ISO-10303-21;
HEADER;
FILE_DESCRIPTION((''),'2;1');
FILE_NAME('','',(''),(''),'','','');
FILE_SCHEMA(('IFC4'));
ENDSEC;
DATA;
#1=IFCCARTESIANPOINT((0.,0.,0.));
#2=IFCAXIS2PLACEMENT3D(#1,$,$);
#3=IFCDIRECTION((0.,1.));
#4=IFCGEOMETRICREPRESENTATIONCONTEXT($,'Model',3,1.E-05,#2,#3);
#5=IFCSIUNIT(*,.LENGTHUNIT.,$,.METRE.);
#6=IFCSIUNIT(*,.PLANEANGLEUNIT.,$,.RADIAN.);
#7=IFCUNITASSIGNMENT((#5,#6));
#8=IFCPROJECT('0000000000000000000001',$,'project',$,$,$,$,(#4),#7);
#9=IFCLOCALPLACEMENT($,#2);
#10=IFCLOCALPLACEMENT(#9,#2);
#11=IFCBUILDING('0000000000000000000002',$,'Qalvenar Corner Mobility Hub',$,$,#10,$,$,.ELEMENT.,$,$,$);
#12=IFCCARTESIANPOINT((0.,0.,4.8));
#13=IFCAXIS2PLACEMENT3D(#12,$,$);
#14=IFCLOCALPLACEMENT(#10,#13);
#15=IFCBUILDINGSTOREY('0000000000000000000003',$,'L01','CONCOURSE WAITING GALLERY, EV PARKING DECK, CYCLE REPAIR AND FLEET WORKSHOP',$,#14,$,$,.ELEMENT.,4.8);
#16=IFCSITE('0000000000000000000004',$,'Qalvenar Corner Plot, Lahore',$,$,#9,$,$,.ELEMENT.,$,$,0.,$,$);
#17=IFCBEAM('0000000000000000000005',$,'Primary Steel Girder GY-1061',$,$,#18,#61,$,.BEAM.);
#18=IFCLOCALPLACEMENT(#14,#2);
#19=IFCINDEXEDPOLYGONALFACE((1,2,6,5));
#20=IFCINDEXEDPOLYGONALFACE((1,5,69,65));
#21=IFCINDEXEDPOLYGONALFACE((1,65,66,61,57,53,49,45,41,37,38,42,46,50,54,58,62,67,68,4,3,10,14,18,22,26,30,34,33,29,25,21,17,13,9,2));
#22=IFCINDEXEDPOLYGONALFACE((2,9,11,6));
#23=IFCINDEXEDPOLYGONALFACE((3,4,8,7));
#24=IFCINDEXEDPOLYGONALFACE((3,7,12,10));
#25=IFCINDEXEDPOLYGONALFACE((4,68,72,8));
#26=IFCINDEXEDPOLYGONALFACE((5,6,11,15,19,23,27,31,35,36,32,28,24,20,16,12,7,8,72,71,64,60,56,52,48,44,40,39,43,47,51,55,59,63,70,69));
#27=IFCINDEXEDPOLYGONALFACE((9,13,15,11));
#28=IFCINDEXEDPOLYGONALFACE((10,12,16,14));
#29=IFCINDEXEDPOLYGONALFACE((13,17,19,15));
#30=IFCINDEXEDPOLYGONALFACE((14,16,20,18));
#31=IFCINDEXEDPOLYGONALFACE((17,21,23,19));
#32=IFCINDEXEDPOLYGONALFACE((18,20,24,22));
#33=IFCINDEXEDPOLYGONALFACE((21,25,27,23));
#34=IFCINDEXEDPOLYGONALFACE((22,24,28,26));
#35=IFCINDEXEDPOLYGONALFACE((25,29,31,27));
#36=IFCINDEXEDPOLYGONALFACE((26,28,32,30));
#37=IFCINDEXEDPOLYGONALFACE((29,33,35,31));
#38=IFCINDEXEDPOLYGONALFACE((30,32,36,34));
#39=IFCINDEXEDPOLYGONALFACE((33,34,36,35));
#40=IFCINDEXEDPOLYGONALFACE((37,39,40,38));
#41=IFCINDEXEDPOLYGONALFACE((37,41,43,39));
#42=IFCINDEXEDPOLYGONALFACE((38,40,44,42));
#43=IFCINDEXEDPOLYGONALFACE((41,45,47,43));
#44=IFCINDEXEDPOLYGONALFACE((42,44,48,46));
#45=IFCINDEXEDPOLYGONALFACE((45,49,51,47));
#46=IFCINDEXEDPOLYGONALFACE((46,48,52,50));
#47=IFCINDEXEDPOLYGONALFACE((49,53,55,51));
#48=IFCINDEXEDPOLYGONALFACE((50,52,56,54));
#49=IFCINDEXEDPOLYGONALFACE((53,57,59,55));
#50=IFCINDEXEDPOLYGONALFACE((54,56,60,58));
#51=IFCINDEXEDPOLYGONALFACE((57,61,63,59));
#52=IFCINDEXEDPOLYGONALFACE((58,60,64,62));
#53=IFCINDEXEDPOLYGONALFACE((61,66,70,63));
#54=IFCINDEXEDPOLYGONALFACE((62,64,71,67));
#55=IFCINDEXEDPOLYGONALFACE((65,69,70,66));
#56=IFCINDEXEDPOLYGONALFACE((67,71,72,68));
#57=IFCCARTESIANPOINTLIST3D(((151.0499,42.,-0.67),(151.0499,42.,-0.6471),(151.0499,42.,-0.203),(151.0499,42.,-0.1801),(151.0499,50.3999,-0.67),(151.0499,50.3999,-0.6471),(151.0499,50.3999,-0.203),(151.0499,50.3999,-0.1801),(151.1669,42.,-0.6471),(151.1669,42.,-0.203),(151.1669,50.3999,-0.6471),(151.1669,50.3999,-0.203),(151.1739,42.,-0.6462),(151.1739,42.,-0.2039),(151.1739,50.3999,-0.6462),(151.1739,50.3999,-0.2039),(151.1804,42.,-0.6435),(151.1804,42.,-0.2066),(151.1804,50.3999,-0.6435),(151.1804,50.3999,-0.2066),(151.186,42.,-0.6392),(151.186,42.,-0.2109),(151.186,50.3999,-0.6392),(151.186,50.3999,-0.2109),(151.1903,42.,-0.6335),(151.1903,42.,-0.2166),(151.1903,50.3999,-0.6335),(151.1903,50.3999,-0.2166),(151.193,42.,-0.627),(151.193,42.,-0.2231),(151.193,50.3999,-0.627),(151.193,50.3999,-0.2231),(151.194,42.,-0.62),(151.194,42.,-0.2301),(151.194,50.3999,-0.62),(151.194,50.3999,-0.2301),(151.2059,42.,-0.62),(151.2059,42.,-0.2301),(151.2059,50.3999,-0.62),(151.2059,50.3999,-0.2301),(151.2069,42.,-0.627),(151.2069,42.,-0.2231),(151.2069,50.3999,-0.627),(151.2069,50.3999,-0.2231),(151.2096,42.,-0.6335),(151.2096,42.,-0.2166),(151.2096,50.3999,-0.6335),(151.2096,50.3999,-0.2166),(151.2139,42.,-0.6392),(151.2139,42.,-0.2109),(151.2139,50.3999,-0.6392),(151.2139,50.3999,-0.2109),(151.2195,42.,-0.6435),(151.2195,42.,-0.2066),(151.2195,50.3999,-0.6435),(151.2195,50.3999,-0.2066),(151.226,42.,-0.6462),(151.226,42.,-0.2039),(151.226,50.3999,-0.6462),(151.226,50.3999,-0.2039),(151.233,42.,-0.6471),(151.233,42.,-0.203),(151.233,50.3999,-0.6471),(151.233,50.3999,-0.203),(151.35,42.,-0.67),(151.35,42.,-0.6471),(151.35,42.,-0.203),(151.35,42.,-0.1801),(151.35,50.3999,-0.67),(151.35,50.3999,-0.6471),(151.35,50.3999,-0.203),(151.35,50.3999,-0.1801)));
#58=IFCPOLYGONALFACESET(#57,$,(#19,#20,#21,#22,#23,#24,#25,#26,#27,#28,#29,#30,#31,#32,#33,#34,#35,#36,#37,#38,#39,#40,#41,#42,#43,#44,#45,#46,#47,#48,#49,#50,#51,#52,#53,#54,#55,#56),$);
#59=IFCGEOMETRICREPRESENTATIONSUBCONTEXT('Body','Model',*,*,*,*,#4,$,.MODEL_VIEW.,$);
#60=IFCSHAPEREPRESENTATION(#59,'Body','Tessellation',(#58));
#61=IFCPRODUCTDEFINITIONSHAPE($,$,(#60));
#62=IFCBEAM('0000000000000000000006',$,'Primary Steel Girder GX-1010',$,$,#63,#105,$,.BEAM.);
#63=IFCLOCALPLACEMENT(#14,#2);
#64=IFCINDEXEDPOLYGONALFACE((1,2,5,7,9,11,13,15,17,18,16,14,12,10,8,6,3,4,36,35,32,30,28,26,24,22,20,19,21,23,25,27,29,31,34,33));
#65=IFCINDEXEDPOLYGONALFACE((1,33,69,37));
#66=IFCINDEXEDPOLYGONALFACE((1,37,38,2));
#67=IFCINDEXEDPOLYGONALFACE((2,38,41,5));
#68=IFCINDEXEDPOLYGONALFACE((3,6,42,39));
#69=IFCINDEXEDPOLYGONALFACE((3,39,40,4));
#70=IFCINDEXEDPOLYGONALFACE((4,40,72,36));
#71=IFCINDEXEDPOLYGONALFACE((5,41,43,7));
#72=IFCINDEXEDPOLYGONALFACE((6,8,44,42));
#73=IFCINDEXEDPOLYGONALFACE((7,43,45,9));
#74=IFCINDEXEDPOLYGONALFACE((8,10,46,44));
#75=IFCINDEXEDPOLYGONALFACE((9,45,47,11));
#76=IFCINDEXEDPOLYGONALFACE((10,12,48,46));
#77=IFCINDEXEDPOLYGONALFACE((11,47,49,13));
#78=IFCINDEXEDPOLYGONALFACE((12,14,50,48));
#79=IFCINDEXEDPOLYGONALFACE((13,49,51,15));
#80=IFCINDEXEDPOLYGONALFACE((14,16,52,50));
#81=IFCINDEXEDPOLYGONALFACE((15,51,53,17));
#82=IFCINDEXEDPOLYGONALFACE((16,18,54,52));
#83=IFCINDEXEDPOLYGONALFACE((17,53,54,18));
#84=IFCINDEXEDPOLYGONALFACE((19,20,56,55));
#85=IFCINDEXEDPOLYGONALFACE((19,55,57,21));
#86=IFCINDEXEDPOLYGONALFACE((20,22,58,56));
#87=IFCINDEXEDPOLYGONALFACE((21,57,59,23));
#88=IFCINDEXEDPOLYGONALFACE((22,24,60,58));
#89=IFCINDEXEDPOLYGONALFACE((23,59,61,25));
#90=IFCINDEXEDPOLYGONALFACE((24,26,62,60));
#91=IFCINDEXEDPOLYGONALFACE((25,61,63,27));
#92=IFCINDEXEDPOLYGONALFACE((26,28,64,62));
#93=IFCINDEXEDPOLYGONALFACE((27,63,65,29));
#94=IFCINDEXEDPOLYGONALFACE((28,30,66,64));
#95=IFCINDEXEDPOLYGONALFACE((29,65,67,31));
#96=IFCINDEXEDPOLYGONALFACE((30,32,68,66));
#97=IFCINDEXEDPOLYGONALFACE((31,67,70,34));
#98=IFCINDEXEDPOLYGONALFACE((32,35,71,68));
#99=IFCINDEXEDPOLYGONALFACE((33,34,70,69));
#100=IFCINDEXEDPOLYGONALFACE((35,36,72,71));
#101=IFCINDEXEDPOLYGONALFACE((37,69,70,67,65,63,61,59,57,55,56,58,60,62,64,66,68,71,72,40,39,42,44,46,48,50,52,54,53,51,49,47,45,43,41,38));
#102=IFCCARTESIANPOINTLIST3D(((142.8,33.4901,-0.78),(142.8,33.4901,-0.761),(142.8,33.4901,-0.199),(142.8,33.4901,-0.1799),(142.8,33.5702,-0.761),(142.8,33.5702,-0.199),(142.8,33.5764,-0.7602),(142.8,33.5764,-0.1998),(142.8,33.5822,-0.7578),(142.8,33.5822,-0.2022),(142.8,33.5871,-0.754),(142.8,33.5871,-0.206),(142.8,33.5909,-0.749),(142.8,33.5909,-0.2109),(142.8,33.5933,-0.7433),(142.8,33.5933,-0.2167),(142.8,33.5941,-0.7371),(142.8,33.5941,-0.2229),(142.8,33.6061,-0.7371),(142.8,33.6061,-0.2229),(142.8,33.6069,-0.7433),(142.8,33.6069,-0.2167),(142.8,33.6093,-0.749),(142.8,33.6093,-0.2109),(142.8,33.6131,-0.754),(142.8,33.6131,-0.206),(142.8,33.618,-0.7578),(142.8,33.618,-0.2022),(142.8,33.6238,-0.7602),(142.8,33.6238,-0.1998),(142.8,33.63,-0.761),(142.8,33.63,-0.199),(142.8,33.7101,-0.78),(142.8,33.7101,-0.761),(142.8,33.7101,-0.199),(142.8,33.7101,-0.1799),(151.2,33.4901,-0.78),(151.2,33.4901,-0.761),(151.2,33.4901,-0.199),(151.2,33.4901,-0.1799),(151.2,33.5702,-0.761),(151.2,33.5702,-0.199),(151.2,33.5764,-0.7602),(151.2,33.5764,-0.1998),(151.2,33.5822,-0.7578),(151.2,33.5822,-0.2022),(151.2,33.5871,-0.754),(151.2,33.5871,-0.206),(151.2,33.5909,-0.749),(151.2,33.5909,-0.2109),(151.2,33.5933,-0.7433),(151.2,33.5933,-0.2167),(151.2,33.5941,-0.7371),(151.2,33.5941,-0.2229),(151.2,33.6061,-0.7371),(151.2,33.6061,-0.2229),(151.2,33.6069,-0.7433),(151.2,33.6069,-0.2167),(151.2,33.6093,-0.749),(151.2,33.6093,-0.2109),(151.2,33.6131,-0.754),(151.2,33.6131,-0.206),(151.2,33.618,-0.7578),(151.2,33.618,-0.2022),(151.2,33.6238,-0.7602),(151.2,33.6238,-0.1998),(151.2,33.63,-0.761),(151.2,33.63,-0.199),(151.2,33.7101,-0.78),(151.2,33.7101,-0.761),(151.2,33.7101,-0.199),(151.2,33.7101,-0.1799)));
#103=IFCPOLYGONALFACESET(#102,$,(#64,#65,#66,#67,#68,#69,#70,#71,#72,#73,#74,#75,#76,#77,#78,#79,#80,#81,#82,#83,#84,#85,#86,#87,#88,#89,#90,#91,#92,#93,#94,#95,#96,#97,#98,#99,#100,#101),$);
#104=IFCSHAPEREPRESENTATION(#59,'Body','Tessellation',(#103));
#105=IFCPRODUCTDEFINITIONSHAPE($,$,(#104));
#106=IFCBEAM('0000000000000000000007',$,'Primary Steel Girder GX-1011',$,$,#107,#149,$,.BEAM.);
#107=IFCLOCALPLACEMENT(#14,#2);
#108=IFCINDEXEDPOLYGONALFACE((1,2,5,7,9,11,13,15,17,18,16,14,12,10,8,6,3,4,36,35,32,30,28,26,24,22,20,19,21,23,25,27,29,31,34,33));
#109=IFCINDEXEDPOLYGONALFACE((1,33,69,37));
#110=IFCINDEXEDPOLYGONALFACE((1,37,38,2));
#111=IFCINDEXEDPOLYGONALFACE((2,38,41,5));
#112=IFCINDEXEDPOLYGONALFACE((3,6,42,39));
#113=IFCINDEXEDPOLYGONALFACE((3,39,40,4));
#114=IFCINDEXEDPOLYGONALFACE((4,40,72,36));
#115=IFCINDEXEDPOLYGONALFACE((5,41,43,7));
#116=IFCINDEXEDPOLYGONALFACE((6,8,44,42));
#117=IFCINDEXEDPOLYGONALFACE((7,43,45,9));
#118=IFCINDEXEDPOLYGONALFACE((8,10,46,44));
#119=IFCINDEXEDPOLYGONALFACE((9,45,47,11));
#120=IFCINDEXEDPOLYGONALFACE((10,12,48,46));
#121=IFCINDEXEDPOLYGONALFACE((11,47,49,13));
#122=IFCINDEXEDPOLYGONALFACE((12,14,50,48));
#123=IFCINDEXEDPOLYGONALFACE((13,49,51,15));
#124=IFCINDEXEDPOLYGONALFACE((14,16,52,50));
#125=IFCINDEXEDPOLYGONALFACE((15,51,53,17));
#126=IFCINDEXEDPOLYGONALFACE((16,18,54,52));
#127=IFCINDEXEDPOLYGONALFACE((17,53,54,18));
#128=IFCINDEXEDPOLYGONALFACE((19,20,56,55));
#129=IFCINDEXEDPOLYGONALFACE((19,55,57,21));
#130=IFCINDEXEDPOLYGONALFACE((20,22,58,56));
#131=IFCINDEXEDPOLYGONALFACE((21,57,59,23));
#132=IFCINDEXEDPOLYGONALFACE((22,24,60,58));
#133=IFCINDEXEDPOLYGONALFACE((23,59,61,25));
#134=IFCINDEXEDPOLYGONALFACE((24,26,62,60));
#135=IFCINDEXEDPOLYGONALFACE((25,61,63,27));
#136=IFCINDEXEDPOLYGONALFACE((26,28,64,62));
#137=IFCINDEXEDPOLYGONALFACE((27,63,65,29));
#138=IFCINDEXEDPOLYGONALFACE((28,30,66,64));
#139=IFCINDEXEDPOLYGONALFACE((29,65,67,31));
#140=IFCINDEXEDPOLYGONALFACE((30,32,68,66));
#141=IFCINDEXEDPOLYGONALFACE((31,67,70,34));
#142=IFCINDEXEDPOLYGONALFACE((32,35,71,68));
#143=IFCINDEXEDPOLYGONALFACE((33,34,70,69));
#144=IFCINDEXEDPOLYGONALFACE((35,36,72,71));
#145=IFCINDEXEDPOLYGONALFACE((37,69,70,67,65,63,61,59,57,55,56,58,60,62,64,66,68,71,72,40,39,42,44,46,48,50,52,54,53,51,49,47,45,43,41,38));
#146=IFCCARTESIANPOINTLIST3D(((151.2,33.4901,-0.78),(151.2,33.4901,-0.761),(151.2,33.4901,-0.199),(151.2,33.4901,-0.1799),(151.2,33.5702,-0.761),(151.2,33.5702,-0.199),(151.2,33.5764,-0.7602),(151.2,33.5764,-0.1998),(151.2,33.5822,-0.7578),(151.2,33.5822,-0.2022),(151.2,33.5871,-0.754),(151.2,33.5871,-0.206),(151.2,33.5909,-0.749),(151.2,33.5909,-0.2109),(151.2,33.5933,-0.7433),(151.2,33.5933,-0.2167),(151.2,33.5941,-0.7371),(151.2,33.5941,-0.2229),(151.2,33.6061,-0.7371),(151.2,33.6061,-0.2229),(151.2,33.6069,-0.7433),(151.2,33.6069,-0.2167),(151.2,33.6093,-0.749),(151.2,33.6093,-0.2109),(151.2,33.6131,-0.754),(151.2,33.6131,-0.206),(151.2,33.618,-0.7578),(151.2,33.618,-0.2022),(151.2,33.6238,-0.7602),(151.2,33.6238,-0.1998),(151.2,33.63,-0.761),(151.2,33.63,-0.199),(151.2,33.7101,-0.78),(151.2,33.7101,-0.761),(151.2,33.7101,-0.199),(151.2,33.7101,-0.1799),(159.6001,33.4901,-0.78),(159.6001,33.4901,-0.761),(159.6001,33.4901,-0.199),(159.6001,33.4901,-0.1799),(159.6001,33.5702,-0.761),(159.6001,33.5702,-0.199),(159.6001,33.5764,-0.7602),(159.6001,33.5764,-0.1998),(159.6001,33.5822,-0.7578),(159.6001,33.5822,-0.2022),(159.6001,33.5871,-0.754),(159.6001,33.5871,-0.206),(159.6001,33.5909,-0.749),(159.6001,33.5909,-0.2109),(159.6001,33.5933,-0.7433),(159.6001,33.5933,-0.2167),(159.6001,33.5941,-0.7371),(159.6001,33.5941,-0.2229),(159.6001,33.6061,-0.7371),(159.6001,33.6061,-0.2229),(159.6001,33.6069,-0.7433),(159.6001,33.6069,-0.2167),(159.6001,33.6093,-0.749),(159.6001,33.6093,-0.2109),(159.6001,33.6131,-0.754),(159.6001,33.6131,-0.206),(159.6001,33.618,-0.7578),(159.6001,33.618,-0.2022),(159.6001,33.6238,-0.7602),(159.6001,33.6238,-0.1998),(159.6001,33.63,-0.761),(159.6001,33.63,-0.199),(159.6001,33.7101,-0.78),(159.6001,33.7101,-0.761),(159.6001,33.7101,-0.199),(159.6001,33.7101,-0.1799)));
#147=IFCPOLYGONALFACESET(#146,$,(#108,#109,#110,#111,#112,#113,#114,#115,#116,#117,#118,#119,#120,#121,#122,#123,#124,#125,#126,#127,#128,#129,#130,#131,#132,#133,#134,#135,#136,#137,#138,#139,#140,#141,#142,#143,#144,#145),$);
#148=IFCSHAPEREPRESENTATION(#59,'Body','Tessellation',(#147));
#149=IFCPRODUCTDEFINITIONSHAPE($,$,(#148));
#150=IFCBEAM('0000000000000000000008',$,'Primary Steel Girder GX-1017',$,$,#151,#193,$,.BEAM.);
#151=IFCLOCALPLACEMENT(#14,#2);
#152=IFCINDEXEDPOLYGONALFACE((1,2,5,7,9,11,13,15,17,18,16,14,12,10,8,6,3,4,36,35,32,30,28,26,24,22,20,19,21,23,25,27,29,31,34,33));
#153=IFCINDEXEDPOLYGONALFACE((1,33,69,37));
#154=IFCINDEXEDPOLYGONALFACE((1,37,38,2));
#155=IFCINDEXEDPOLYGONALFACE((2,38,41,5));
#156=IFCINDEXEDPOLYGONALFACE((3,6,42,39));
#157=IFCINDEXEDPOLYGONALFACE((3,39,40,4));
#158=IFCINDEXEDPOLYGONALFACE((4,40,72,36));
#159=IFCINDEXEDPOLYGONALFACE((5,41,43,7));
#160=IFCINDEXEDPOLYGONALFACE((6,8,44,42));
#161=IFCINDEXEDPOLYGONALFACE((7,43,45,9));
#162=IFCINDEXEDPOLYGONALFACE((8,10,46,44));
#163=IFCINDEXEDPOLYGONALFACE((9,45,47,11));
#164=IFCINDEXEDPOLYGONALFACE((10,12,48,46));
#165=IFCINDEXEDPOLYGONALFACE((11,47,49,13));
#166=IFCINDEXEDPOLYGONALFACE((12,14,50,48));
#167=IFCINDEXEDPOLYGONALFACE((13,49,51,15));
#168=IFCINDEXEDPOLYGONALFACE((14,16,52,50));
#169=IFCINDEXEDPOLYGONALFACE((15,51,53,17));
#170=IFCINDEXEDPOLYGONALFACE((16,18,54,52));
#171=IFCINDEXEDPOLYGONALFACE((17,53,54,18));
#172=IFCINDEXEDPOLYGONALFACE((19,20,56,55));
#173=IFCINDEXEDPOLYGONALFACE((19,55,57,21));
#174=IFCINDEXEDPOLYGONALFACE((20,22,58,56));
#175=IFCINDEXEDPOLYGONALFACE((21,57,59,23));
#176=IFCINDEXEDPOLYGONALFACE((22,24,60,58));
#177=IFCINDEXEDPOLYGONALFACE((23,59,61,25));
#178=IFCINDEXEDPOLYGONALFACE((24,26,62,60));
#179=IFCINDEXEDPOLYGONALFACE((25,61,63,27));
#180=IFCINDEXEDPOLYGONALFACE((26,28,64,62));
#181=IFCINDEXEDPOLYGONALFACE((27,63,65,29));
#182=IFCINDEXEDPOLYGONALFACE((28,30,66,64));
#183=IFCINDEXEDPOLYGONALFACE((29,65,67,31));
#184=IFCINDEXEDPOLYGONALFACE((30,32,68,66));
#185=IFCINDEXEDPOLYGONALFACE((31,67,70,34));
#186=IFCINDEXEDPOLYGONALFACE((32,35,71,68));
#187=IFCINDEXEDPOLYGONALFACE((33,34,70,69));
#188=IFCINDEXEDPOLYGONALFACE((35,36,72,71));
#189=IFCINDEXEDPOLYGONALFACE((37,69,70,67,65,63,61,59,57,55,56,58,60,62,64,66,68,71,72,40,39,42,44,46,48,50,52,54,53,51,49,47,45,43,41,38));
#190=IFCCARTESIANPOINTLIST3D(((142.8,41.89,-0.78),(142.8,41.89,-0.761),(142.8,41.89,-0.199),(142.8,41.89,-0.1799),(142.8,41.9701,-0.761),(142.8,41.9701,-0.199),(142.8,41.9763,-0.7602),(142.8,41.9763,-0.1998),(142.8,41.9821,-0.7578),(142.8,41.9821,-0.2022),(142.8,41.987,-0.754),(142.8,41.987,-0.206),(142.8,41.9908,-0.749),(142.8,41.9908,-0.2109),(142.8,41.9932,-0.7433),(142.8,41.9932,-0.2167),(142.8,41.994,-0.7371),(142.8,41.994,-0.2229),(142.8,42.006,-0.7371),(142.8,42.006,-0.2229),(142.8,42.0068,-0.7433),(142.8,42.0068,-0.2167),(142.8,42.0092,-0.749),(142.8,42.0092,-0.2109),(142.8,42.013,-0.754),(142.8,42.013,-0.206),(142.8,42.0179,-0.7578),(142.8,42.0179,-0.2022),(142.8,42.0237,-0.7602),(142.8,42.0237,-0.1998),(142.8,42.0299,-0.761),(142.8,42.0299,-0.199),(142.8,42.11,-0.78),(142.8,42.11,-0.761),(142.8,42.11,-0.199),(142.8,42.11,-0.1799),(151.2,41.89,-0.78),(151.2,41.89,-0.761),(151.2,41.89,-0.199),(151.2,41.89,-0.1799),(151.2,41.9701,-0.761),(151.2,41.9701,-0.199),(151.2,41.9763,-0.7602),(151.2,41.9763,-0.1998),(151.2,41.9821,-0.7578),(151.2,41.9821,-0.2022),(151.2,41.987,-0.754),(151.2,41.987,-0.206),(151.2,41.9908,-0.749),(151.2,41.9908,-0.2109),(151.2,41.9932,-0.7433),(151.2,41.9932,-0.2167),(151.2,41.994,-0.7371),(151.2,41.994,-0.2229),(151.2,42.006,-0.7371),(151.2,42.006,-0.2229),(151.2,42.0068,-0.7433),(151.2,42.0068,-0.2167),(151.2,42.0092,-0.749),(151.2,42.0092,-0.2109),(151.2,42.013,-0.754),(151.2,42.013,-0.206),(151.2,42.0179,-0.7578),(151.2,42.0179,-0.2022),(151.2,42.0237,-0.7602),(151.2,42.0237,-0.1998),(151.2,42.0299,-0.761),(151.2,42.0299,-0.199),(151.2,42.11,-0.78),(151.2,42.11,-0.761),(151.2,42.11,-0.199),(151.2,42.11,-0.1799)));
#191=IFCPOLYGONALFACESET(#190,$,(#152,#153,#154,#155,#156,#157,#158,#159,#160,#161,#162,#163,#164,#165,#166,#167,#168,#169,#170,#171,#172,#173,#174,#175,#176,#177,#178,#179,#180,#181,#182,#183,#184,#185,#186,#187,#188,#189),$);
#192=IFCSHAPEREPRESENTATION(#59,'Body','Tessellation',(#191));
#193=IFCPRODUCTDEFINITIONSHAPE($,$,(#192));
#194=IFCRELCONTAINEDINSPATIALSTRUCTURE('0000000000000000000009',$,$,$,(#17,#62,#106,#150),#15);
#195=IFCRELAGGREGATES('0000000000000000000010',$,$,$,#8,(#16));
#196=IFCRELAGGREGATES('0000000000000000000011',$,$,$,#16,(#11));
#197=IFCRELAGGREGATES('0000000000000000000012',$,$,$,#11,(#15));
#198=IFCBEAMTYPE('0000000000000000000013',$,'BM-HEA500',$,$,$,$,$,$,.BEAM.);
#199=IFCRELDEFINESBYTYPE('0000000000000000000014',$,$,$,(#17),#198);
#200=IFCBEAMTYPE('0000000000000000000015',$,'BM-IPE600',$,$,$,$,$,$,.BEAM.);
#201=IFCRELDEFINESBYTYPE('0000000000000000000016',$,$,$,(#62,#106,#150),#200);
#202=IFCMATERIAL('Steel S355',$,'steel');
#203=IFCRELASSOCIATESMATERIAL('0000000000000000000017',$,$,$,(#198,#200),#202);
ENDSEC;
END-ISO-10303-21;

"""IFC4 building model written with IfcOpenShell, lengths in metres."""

from ifc_helpers import new_model, si_unit, direction, frame, origin, origin_2d, place, context, subcontext, project, spatial, i_section, extrude, material, material_profile, profile_set, type_object, element, save


model = new_model("IFC4")

# Units and contexts
model_context = context("Model", 3, precision=1e-05, world=origin(), true_north=direction((0.0, 1.0)))
body_context = subcontext(model_context, "Body", "Model", "MODEL_VIEW")
ifc_project = project(units=[si_unit("LENGTHUNIT", "METRE"), si_unit("PLANEANGLEUNIT", "RADIAN")], contexts=[model_context])

# Site, building, storey
site_placement = place(None, origin())
site = spatial("IfcSite", under=ifc_project, at=site_placement, Name="Qalvenar Corner Plot, Lahore", CompositionType="ELEMENT", RefElevation=0.0)
building_placement = place(site_placement, origin())
building = spatial("IfcBuilding", under=site, at=building_placement, Name="Qalvenar Corner Mobility Hub", CompositionType="ELEMENT")
storey_placement = place(building_placement, frame((0.0, 0.0, 4.8)))
storey = spatial("IfcBuildingStorey", under=building, at=storey_placement, Name="L01", Description="CONCOURSE WAITING GALLERY, EV PARKING DECK, CYCLE REPAIR AND FLEET WORKSHOP", CompositionType="ELEMENT", Elevation=4.8)

# Shared definitions
ifc_material_1 = material(Name="Steel S355", Category="steel")

# Beams
ifc_material_profile_1 = material_profile(ifc_material_1, i_section(OverallWidth=0.3, OverallDepth=0.49, WebThickness=0.012, FlangeThickness=0.0229, FilletRadius=0.0271, at=origin_2d()), Name="HEA500")
ifc_profile_set_1 = profile_set([ifc_material_profile_1], Name="Steel S355")
beam_type_1 = type_object("IfcBeamType", Name="BM-HEA500", PredefinedType="BEAM", material=ifc_profile_set_1)
for number, where, z_axis, x_axis, name in (
    (1, (151.2, 42.0, -0.425), (0.0, 1.0, 0.0), (-1.0, 0.0, 0.0), "Primary Steel Girder GY-1061"),
):
    element("IfcBeam", number, at=place(storey_placement, frame(where, z_axis=z_axis, x_axis=x_axis)), inside=storey, type_object=beam_type_1, Name=name, PredefinedType="BEAM", context=body_context, shape_type="SweptSolid", body=[
        extrude(i_section(OverallWidth=0.3, OverallDepth=0.49, WebThickness=0.012, FlangeThickness=0.0229, FilletRadius=0.0271, at=origin_2d()), origin(), (0.0, 0.0, 1.0), 8.3999),
    ])
ifc_material_profile_2 = material_profile(ifc_material_1, i_section(OverallWidth=0.22, OverallDepth=0.6001, WebThickness=0.012, FlangeThickness=0.019, FilletRadius=0.0239, at=origin_2d()), Name="IPE600")
ifc_profile_set_2 = profile_set([ifc_material_profile_2], Name="Steel S355")
beam_type_2 = type_object("IfcBeamType", Name="BM-IPE600", PredefinedType="BEAM", material=ifc_profile_set_2)
beam_1_placement = place(storey_placement, frame((142.8, 33.6001, -0.48), z_axis=(1.0, 0.0, 0.0), x_axis=(0.0, 1.0, 0.0)))
element("IfcBeam", 2, at=beam_1_placement, inside=storey, type_object=beam_type_2, Name="Primary Steel Girder GX-1010", PredefinedType="BEAM", context=body_context, shape_type="SweptSolid", body=[
    extrude(i_section(OverallWidth=0.22, OverallDepth=0.6001, WebThickness=0.012, FlangeThickness=0.019, FilletRadius=0.0239, at=origin_2d()), origin(), (0.0, 0.0, 1.0), 8.3999),
])
beam_2_placement = place(storey_placement, frame((151.2, 33.6001, -0.48), z_axis=(1.0, 0.0, 0.0), x_axis=(0.0, 1.0, 0.0)))
element("IfcBeam", 3, at=beam_2_placement, inside=storey, type_object=beam_type_2, Name="Primary Steel Girder GX-1011", PredefinedType="BEAM", context=body_context, shape_type="SweptSolid", body=[
    extrude(i_section(OverallWidth=0.22, OverallDepth=0.6001, WebThickness=0.012, FlangeThickness=0.019, FilletRadius=0.0239, at=origin_2d()), origin(), (0.0, 0.0, 1.0), 8.4001),
])
beam_3_placement = place(storey_placement, frame((142.8, 42.0, -0.48), z_axis=(1.0, 0.0, 0.0), x_axis=(0.0, 1.0, 0.0)))
element("IfcBeam", 4, at=beam_3_placement, inside=storey, type_object=beam_type_2, Name="Primary Steel Girder GX-1017", PredefinedType="BEAM", context=body_context, shape_type="SweptSolid", body=[
    extrude(i_section(OverallWidth=0.22, OverallDepth=0.6001, WebThickness=0.012, FlangeThickness=0.019, FilletRadius=0.0239, at=origin_2d()), origin(), (0.0, 0.0, 1.0), 8.3999),
])

save(model, "model.ifc")
